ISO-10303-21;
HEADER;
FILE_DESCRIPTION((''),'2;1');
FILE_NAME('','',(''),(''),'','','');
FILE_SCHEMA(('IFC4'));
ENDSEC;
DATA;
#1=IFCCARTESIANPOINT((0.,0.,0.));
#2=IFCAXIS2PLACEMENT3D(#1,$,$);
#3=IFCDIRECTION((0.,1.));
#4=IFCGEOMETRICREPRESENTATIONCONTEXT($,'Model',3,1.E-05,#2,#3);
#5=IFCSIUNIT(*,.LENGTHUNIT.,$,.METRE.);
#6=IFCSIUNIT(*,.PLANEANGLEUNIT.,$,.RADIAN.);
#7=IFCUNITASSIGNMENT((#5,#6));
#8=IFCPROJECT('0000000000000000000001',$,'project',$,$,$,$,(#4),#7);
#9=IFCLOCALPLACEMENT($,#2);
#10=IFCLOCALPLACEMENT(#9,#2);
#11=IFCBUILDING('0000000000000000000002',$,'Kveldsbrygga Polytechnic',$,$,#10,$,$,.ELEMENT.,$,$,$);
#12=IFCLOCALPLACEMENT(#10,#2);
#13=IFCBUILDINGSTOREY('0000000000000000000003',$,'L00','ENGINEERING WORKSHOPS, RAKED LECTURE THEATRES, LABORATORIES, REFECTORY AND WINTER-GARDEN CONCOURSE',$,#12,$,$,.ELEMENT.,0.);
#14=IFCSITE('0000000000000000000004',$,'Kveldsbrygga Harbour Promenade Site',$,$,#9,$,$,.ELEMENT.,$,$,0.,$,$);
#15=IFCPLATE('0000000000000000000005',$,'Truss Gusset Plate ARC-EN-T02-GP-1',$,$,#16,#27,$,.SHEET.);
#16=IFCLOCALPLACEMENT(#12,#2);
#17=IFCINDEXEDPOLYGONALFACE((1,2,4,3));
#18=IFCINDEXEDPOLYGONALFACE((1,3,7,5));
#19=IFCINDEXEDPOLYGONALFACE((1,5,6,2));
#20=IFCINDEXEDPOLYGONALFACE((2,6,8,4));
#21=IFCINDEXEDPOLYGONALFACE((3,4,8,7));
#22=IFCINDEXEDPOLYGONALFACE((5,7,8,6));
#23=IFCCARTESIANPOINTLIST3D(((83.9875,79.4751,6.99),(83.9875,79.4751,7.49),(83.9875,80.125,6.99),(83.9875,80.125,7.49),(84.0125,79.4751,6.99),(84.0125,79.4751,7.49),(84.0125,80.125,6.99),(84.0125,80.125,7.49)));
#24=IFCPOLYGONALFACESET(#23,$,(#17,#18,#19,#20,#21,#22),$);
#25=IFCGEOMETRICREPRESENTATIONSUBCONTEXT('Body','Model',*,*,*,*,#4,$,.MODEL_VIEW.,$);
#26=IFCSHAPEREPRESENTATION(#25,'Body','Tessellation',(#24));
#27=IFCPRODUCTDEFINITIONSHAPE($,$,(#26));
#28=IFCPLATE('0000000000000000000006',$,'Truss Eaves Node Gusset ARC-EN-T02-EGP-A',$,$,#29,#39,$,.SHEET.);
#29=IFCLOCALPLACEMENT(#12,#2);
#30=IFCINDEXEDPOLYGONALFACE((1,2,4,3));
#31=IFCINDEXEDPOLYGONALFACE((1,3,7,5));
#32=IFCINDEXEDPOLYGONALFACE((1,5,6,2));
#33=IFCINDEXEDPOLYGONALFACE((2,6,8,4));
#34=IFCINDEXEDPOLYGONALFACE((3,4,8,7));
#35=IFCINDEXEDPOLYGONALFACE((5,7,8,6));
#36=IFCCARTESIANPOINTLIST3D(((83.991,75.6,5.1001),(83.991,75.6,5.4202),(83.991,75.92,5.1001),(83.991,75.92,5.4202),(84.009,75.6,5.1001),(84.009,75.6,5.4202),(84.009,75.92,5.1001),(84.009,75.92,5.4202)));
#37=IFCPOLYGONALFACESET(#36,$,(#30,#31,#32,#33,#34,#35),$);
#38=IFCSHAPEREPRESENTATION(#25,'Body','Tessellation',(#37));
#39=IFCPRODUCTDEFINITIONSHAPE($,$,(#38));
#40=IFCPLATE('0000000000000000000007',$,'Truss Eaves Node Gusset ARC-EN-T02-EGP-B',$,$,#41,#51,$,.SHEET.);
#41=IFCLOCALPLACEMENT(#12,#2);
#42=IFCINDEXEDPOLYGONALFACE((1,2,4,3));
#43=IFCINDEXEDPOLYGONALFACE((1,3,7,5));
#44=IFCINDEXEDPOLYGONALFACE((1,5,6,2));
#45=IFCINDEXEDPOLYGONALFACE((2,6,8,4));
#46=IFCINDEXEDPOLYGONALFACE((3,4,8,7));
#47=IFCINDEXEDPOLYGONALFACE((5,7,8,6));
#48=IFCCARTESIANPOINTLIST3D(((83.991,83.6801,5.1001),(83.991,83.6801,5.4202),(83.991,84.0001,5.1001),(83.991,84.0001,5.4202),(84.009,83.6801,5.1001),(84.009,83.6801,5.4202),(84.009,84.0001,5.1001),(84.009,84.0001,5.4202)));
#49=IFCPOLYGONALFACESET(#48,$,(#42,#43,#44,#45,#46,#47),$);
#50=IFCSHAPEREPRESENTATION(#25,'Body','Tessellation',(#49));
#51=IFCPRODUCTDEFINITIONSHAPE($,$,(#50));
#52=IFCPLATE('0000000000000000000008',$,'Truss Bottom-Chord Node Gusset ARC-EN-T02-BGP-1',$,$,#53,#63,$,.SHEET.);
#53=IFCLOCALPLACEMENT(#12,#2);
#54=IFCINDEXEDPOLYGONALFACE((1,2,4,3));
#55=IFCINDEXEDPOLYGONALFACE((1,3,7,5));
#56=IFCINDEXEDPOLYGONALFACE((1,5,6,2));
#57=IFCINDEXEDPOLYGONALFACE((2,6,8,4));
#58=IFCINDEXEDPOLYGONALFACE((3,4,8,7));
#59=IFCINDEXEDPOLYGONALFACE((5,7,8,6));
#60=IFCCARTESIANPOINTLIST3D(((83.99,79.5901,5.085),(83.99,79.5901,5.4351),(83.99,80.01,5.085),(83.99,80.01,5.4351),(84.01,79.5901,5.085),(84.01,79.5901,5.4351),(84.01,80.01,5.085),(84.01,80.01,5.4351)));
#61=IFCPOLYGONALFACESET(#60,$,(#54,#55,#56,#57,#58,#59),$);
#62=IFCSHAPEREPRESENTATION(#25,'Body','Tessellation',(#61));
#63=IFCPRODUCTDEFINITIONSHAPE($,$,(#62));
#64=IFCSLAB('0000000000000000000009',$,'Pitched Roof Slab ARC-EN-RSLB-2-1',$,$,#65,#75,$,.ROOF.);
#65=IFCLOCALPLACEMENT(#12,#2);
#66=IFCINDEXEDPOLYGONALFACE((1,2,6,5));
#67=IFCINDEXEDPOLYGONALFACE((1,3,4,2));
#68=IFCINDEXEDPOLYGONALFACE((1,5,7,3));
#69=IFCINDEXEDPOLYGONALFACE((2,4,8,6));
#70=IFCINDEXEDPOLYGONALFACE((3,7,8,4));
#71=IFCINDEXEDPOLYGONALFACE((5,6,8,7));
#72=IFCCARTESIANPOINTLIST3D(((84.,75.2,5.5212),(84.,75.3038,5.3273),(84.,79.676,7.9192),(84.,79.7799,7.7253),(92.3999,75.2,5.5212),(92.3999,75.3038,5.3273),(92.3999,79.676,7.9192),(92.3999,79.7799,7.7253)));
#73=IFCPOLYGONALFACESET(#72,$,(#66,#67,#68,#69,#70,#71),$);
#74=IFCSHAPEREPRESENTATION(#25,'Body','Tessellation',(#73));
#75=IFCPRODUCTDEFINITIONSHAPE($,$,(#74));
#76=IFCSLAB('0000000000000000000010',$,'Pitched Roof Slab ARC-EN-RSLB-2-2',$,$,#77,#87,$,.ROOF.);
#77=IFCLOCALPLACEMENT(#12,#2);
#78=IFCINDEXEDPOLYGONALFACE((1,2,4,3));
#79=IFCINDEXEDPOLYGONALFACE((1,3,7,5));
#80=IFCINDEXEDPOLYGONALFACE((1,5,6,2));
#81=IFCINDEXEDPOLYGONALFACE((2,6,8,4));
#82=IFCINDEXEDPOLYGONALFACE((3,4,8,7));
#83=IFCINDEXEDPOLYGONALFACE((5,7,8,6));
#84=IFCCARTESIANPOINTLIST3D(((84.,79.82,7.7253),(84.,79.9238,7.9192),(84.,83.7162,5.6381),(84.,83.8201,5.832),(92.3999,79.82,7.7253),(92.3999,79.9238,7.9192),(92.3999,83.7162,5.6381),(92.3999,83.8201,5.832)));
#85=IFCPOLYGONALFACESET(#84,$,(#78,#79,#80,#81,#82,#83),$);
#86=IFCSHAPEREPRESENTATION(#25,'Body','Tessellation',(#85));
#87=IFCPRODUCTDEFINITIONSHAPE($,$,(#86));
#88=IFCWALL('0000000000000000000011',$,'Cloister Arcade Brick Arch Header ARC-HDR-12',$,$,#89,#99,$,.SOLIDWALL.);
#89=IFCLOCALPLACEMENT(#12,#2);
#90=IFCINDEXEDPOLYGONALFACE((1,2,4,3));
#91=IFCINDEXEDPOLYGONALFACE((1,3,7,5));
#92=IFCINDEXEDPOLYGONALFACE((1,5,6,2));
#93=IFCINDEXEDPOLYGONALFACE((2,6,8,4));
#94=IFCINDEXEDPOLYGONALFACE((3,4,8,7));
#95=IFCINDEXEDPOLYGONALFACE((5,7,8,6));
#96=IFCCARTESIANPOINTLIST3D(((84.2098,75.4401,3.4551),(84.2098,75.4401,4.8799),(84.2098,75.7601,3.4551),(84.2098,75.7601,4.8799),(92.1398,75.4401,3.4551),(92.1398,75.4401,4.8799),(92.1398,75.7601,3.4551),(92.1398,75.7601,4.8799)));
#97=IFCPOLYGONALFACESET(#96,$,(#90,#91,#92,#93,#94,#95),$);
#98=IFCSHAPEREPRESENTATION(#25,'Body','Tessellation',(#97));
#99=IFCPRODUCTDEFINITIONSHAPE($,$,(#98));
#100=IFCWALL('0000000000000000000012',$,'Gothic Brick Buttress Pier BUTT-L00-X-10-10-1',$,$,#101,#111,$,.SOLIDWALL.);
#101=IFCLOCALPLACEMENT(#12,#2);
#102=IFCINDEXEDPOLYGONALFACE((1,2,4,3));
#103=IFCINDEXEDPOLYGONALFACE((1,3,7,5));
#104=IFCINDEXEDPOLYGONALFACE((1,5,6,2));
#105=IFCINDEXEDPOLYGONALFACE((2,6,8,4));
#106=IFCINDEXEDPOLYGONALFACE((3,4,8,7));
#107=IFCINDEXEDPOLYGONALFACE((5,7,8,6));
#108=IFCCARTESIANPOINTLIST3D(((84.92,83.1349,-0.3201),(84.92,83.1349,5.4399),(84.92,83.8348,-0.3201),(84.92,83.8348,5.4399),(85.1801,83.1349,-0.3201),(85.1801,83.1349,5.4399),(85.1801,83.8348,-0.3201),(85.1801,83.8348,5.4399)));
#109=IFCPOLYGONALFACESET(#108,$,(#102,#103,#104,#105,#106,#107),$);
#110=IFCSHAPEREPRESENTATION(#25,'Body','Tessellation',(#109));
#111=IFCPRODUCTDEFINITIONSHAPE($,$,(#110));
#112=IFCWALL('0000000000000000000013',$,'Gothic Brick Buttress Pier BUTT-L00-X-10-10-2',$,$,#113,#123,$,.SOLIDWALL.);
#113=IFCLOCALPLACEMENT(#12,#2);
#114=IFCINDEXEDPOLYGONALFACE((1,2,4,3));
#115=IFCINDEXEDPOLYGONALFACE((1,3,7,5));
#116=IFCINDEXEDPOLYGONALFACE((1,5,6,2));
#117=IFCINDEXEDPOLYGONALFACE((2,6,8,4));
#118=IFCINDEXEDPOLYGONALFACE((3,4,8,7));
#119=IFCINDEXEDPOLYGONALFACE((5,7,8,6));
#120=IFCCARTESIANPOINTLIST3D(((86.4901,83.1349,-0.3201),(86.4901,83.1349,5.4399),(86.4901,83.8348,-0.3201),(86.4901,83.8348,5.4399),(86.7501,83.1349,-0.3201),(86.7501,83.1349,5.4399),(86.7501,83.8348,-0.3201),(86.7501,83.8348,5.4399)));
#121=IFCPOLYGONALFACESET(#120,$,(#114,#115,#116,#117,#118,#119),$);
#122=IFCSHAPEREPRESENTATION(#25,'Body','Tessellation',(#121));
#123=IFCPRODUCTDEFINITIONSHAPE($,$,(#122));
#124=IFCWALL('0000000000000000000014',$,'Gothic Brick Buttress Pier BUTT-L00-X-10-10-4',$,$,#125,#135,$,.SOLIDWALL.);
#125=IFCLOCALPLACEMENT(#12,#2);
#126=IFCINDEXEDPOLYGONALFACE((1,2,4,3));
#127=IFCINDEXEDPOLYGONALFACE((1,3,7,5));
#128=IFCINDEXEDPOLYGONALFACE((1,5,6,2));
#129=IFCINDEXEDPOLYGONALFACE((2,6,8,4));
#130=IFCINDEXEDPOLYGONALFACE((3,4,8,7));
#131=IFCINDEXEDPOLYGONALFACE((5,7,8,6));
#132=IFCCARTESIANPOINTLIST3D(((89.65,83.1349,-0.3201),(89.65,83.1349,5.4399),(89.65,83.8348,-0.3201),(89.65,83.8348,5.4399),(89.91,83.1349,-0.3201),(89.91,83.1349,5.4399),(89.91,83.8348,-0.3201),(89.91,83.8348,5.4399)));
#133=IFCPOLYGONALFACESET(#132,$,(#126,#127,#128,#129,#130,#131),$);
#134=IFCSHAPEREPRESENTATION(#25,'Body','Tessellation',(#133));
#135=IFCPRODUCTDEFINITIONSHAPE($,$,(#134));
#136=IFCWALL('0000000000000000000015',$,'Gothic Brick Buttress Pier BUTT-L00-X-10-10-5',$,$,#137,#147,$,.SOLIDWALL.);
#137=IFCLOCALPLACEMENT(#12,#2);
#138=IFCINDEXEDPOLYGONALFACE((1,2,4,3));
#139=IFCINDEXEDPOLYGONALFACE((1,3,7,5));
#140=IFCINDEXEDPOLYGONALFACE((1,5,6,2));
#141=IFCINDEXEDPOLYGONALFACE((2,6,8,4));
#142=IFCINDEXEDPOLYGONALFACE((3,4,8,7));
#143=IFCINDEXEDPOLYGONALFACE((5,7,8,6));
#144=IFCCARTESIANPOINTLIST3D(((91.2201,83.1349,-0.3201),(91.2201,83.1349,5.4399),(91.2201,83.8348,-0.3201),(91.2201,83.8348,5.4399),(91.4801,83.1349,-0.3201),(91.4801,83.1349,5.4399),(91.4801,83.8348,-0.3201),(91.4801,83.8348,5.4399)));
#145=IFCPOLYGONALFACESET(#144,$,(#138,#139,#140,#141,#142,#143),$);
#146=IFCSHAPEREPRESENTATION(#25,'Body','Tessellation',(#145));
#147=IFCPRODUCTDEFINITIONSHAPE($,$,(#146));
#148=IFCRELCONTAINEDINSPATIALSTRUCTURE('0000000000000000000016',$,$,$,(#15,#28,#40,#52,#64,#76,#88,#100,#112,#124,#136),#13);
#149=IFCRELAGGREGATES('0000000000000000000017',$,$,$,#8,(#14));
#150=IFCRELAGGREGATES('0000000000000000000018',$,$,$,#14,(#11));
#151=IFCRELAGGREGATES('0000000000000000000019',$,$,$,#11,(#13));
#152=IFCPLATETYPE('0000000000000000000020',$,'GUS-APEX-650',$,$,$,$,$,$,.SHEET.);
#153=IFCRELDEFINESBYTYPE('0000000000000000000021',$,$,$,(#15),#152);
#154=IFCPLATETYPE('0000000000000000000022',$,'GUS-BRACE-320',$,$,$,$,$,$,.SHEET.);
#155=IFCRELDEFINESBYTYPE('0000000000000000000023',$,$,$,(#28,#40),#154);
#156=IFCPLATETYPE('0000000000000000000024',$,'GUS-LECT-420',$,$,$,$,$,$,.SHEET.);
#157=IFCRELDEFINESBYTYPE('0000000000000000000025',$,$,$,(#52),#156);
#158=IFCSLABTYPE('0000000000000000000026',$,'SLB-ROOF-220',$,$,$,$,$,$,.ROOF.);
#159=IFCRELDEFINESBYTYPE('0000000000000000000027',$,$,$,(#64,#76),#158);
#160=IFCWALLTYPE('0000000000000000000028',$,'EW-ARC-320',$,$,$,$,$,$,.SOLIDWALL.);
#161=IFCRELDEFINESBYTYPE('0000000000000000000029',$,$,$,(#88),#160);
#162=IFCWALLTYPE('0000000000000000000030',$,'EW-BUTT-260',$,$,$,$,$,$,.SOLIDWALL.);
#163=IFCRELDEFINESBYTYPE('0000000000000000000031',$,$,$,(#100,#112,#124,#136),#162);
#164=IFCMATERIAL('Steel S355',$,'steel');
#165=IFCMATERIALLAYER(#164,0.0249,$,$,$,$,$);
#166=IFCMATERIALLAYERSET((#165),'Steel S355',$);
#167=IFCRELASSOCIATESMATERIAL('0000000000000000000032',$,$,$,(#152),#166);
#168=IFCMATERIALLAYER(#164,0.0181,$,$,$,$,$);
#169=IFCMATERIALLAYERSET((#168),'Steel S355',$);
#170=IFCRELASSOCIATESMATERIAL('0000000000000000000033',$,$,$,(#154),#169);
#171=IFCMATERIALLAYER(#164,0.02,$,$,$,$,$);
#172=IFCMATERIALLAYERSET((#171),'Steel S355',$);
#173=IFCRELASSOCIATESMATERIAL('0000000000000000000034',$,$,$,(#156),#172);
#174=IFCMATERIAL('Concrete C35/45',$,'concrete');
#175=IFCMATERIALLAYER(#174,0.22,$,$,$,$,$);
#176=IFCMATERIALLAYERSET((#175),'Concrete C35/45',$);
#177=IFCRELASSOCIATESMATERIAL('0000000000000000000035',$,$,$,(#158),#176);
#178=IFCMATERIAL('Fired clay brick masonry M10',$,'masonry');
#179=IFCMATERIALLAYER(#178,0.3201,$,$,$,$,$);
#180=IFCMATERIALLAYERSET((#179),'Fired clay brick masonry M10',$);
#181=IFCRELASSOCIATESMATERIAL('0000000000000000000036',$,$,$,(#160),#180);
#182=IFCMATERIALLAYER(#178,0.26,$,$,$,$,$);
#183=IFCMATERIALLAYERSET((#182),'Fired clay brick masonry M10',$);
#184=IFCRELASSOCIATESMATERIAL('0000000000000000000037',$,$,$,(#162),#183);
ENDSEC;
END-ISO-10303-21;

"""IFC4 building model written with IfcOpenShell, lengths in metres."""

from ifc_helpers import new_model, si_unit, direction, frame, frame_2d, origin, origin_2d, place, context, subcontext, project, spatial, polyline, rectangle, outline, extrude, material, layer, layer_set, type_object, element, save


model = new_model("IFC4")

# Units and contexts
model_context = context("Model", 3, precision=1e-05, world=origin(), true_north=direction((0.0, 1.0)))
body_context = subcontext(model_context, "Body", "Model", "MODEL_VIEW")
ifc_project = project(units=[si_unit("LENGTHUNIT", "METRE"), si_unit("PLANEANGLEUNIT", "RADIAN")], contexts=[model_context])

# Site, building, storey
site_placement = place(None, origin())
site = spatial("IfcSite", under=ifc_project, at=site_placement, Name="Kveldsbrygga Harbour Promenade Site", CompositionType="ELEMENT", RefElevation=0.0)
building_placement = place(site_placement, origin())
building = spatial("IfcBuilding", under=site, at=building_placement, Name="Kveldsbrygga Polytechnic", CompositionType="ELEMENT")
storey_placement = place(building_placement, origin())
storey = spatial("IfcBuildingStorey", under=building, at=storey_placement, Name="L00", Description="ENGINEERING WORKSHOPS, RAKED LECTURE THEATRES, LABORATORIES, REFECTORY AND WINTER-GARDEN CONCOURSE", CompositionType="ELEMENT", Elevation=0.0)

# Shared definitions
ifc_material_1 = material(Name="Concrete C35/45", Category="concrete")

# Shared definitions
ifc_material_2 = material(Name="Steel S355", Category="steel")

# Plates
ifc_layer_1 = layer(ifc_material_2, 0.0249)
ifc_layer_set_1 = layer_set([ifc_layer_1], Name="Steel S355")
plate_type_1 = type_object("IfcPlateType", Name="GUS-APEX-650", PredefinedType="SHEET", material=ifc_layer_set_1)
plate_1_placement = place(storey_placement, frame((84.0, 79.8, 6.99), z_axis=(0.0, 0.0, 1.0), x_axis=(1.0, 0.0, 0.0)))
element("IfcPlate", 1, at=plate_1_placement, inside=storey, type_object=plate_type_1, Name="Truss Gusset Plate ARC-EN-T02-GP-1", PredefinedType="SHEET", context=body_context, shape_type="SweptSolid", body=[
    extrude(rectangle(XDim=0.0249, YDim=0.6499, at=origin_2d()), origin(), (0.0, 0.0, 1.0), 0.5),
])
ifc_layer_2 = layer(ifc_material_2, 0.0181)
ifc_layer_set_2 = layer_set([ifc_layer_2], Name="Steel S355")
plate_type_2 = type_object("IfcPlateType", Name="GUS-BRACE-320", PredefinedType="SHEET", material=ifc_layer_set_2)
for number, where, z_axis, x_axis, name in (
    (2, (84.0, 75.76, 5.1001), (0.0, 0.0, 1.0), (1.0, 0.0, 0.0), "Truss Eaves Node Gusset ARC-EN-T02-EGP-A"),
    (3, (84.0, 83.8401, 5.1001), (0.0, 0.0, 1.0), (1.0, 0.0, 0.0), "Truss Eaves Node Gusset ARC-EN-T02-EGP-B"),
):
    element("IfcPlate", number, at=place(storey_placement, frame(where, z_axis=z_axis, x_axis=x_axis)), inside=storey, type_object=plate_type_2, Name=name, PredefinedType="SHEET", context=body_context, shape_type="SweptSolid", body=[
        extrude(rectangle(XDim=0.0181, YDim=0.3201, at=origin_2d()), origin(), (0.0, 0.0, 1.0), 0.3201),
    ])
ifc_layer_3 = layer(ifc_material_2, 0.02)
ifc_layer_set_3 = layer_set([ifc_layer_3], Name="Steel S355")
plate_type_3 = type_object("IfcPlateType", Name="GUS-LECT-420", PredefinedType="SHEET", material=ifc_layer_set_3)
plate_2_placement = place(storey_placement, frame((84.0, 79.8, 5.085), z_axis=(0.0, 0.0, 1.0), x_axis=(1.0, 0.0, 0.0)))
element("IfcPlate", 4, at=plate_2_placement, inside=storey, type_object=plate_type_3, Name="Truss Bottom-Chord Node Gusset ARC-EN-T02-BGP-1", PredefinedType="SHEET", context=body_context, shape_type="SweptSolid", body=[
    extrude(rectangle(XDim=0.02, YDim=0.4199, at=origin_2d()), origin(), (0.0, 0.0, 1.0), 0.3501),
])

# Slabs
ifc_layer_4 = layer(ifc_material_1, 0.22)
ifc_layer_set_4 = layer_set([ifc_layer_4], Name="Concrete C35/45")
slab_type = type_object("IfcSlabType", Name="SLB-ROOF-220", PredefinedType="ROOF", material=ifc_layer_set_4)
slab_1_placement = place(storey_placement, frame((84.0, 75.2, 5.5212), z_axis=(0.0, -0.472229, 0.881476), x_axis=(1.0, 0.0, 0.0)))
element("IfcSlab", 5, at=slab_1_placement, inside=storey, type_object=slab_type, Name="Pitched Roof Slab ARC-EN-RSLB-2-1", PredefinedType="ROOF", context=body_context, shape_type="SweptSolid", body=[
    extrude(outline(polyline([(0.0, 0.0), (8.3999, 0.0), (8.3999, 5.0779), (0.0, 5.0779), (0.0, 0.0)])), origin(), (0.0, 0.0, -1.0), 0.22),
])
slab_2_placement = place(storey_placement, frame((84.0, 79.9238, 7.9192), z_axis=(0.0, 0.472201, 0.881491), x_axis=(1.0, 0.0, 0.0)))
element("IfcSlab", 6, at=slab_2_placement, inside=storey, type_object=slab_type, Name="Pitched Roof Slab ARC-EN-RSLB-2-2", PredefinedType="ROOF", context=body_context, shape_type="SweptSolid", body=[
    extrude(outline(polyline([(0.0, 0.0), (8.3999, 0.0), (8.3999, 4.4201), (0.0, 4.4201), (0.0, 0.0)])), origin(), (0.0, 0.0, -1.0), 0.22),
])

# Wall
ifc_material_3 = material(Name="Fired clay brick masonry M10", Category="masonry")
ifc_layer_5 = layer(ifc_material_3, 0.3201)
ifc_layer_set_5 = layer_set([ifc_layer_5], Name="Fired clay brick masonry M10")
wall_type_1 = type_object("IfcWallType", Name="EW-ARC-320", PredefinedType="SOLIDWALL", material=ifc_layer_set_5)
wall_1_placement = place(storey_placement, frame((84.21, 75.6001, 3.4551), z_axis=(0.0, 0.0, 1.0), x_axis=(1.0, 0.0, 0.0)))
element("IfcWall", 7, at=wall_1_placement, inside=storey, type_object=wall_type_1, Name="Cloister Arcade Brick Arch Header ARC-HDR-12", PredefinedType="SOLIDWALL", context=body_context, shape_type="SweptSolid", body=[
    extrude(rectangle(XDim=7.9299, YDim=0.3201, at=frame_2d((3.9648, 0.0))), origin(), (0.0, 0.0, 1.0), 1.4248),
])

# Walls
ifc_layer_6 = layer(ifc_material_3, 0.26)
ifc_layer_set_6 = layer_set([ifc_layer_6], Name="Fired clay brick masonry M10")
wall_type_2 = type_object("IfcWallType", Name="EW-BUTT-260", PredefinedType="SOLIDWALL", material=ifc_layer_set_6)
for number, where, z_axis, x_axis, name in (
    (8, (85.05, 83.835, -0.3201), (0.0, 0.0, 1.0), (0.0, -1.0, 0.0), "Gothic Brick Buttress Pier BUTT-L00-X-10-10-1"),
    (9, (86.6201, 83.835, -0.3201), (0.0, 0.0, 1.0), (0.0, -1.0, 0.0), "Gothic Brick Buttress Pier BUTT-L00-X-10-10-2"),
    (10, (89.78, 83.835, -0.3201), (0.0, 0.0, 1.0), (0.0, -1.0, 0.0), "Gothic Brick Buttress Pier BUTT-L00-X-10-10-4"),
    (11, (91.3501, 83.835, -0.3201), (0.0, 0.0, 1.0), (0.0, -1.0, 0.0), "Gothic Brick Buttress Pier BUTT-L00-X-10-10-5"),
):
    element("IfcWall", number, at=place(storey_placement, frame(where, z_axis=z_axis, x_axis=x_axis)), inside=storey, type_object=wall_type_2, Name=name, PredefinedType="SOLIDWALL", context=body_context, shape_type="SweptSolid", body=[
        extrude(rectangle(XDim=0.7, YDim=0.26, at=frame_2d((0.3501, 0.0))), origin(), (0.0, 0.0, 1.0), 5.76),
    ])

save(model, "model.ifc")
